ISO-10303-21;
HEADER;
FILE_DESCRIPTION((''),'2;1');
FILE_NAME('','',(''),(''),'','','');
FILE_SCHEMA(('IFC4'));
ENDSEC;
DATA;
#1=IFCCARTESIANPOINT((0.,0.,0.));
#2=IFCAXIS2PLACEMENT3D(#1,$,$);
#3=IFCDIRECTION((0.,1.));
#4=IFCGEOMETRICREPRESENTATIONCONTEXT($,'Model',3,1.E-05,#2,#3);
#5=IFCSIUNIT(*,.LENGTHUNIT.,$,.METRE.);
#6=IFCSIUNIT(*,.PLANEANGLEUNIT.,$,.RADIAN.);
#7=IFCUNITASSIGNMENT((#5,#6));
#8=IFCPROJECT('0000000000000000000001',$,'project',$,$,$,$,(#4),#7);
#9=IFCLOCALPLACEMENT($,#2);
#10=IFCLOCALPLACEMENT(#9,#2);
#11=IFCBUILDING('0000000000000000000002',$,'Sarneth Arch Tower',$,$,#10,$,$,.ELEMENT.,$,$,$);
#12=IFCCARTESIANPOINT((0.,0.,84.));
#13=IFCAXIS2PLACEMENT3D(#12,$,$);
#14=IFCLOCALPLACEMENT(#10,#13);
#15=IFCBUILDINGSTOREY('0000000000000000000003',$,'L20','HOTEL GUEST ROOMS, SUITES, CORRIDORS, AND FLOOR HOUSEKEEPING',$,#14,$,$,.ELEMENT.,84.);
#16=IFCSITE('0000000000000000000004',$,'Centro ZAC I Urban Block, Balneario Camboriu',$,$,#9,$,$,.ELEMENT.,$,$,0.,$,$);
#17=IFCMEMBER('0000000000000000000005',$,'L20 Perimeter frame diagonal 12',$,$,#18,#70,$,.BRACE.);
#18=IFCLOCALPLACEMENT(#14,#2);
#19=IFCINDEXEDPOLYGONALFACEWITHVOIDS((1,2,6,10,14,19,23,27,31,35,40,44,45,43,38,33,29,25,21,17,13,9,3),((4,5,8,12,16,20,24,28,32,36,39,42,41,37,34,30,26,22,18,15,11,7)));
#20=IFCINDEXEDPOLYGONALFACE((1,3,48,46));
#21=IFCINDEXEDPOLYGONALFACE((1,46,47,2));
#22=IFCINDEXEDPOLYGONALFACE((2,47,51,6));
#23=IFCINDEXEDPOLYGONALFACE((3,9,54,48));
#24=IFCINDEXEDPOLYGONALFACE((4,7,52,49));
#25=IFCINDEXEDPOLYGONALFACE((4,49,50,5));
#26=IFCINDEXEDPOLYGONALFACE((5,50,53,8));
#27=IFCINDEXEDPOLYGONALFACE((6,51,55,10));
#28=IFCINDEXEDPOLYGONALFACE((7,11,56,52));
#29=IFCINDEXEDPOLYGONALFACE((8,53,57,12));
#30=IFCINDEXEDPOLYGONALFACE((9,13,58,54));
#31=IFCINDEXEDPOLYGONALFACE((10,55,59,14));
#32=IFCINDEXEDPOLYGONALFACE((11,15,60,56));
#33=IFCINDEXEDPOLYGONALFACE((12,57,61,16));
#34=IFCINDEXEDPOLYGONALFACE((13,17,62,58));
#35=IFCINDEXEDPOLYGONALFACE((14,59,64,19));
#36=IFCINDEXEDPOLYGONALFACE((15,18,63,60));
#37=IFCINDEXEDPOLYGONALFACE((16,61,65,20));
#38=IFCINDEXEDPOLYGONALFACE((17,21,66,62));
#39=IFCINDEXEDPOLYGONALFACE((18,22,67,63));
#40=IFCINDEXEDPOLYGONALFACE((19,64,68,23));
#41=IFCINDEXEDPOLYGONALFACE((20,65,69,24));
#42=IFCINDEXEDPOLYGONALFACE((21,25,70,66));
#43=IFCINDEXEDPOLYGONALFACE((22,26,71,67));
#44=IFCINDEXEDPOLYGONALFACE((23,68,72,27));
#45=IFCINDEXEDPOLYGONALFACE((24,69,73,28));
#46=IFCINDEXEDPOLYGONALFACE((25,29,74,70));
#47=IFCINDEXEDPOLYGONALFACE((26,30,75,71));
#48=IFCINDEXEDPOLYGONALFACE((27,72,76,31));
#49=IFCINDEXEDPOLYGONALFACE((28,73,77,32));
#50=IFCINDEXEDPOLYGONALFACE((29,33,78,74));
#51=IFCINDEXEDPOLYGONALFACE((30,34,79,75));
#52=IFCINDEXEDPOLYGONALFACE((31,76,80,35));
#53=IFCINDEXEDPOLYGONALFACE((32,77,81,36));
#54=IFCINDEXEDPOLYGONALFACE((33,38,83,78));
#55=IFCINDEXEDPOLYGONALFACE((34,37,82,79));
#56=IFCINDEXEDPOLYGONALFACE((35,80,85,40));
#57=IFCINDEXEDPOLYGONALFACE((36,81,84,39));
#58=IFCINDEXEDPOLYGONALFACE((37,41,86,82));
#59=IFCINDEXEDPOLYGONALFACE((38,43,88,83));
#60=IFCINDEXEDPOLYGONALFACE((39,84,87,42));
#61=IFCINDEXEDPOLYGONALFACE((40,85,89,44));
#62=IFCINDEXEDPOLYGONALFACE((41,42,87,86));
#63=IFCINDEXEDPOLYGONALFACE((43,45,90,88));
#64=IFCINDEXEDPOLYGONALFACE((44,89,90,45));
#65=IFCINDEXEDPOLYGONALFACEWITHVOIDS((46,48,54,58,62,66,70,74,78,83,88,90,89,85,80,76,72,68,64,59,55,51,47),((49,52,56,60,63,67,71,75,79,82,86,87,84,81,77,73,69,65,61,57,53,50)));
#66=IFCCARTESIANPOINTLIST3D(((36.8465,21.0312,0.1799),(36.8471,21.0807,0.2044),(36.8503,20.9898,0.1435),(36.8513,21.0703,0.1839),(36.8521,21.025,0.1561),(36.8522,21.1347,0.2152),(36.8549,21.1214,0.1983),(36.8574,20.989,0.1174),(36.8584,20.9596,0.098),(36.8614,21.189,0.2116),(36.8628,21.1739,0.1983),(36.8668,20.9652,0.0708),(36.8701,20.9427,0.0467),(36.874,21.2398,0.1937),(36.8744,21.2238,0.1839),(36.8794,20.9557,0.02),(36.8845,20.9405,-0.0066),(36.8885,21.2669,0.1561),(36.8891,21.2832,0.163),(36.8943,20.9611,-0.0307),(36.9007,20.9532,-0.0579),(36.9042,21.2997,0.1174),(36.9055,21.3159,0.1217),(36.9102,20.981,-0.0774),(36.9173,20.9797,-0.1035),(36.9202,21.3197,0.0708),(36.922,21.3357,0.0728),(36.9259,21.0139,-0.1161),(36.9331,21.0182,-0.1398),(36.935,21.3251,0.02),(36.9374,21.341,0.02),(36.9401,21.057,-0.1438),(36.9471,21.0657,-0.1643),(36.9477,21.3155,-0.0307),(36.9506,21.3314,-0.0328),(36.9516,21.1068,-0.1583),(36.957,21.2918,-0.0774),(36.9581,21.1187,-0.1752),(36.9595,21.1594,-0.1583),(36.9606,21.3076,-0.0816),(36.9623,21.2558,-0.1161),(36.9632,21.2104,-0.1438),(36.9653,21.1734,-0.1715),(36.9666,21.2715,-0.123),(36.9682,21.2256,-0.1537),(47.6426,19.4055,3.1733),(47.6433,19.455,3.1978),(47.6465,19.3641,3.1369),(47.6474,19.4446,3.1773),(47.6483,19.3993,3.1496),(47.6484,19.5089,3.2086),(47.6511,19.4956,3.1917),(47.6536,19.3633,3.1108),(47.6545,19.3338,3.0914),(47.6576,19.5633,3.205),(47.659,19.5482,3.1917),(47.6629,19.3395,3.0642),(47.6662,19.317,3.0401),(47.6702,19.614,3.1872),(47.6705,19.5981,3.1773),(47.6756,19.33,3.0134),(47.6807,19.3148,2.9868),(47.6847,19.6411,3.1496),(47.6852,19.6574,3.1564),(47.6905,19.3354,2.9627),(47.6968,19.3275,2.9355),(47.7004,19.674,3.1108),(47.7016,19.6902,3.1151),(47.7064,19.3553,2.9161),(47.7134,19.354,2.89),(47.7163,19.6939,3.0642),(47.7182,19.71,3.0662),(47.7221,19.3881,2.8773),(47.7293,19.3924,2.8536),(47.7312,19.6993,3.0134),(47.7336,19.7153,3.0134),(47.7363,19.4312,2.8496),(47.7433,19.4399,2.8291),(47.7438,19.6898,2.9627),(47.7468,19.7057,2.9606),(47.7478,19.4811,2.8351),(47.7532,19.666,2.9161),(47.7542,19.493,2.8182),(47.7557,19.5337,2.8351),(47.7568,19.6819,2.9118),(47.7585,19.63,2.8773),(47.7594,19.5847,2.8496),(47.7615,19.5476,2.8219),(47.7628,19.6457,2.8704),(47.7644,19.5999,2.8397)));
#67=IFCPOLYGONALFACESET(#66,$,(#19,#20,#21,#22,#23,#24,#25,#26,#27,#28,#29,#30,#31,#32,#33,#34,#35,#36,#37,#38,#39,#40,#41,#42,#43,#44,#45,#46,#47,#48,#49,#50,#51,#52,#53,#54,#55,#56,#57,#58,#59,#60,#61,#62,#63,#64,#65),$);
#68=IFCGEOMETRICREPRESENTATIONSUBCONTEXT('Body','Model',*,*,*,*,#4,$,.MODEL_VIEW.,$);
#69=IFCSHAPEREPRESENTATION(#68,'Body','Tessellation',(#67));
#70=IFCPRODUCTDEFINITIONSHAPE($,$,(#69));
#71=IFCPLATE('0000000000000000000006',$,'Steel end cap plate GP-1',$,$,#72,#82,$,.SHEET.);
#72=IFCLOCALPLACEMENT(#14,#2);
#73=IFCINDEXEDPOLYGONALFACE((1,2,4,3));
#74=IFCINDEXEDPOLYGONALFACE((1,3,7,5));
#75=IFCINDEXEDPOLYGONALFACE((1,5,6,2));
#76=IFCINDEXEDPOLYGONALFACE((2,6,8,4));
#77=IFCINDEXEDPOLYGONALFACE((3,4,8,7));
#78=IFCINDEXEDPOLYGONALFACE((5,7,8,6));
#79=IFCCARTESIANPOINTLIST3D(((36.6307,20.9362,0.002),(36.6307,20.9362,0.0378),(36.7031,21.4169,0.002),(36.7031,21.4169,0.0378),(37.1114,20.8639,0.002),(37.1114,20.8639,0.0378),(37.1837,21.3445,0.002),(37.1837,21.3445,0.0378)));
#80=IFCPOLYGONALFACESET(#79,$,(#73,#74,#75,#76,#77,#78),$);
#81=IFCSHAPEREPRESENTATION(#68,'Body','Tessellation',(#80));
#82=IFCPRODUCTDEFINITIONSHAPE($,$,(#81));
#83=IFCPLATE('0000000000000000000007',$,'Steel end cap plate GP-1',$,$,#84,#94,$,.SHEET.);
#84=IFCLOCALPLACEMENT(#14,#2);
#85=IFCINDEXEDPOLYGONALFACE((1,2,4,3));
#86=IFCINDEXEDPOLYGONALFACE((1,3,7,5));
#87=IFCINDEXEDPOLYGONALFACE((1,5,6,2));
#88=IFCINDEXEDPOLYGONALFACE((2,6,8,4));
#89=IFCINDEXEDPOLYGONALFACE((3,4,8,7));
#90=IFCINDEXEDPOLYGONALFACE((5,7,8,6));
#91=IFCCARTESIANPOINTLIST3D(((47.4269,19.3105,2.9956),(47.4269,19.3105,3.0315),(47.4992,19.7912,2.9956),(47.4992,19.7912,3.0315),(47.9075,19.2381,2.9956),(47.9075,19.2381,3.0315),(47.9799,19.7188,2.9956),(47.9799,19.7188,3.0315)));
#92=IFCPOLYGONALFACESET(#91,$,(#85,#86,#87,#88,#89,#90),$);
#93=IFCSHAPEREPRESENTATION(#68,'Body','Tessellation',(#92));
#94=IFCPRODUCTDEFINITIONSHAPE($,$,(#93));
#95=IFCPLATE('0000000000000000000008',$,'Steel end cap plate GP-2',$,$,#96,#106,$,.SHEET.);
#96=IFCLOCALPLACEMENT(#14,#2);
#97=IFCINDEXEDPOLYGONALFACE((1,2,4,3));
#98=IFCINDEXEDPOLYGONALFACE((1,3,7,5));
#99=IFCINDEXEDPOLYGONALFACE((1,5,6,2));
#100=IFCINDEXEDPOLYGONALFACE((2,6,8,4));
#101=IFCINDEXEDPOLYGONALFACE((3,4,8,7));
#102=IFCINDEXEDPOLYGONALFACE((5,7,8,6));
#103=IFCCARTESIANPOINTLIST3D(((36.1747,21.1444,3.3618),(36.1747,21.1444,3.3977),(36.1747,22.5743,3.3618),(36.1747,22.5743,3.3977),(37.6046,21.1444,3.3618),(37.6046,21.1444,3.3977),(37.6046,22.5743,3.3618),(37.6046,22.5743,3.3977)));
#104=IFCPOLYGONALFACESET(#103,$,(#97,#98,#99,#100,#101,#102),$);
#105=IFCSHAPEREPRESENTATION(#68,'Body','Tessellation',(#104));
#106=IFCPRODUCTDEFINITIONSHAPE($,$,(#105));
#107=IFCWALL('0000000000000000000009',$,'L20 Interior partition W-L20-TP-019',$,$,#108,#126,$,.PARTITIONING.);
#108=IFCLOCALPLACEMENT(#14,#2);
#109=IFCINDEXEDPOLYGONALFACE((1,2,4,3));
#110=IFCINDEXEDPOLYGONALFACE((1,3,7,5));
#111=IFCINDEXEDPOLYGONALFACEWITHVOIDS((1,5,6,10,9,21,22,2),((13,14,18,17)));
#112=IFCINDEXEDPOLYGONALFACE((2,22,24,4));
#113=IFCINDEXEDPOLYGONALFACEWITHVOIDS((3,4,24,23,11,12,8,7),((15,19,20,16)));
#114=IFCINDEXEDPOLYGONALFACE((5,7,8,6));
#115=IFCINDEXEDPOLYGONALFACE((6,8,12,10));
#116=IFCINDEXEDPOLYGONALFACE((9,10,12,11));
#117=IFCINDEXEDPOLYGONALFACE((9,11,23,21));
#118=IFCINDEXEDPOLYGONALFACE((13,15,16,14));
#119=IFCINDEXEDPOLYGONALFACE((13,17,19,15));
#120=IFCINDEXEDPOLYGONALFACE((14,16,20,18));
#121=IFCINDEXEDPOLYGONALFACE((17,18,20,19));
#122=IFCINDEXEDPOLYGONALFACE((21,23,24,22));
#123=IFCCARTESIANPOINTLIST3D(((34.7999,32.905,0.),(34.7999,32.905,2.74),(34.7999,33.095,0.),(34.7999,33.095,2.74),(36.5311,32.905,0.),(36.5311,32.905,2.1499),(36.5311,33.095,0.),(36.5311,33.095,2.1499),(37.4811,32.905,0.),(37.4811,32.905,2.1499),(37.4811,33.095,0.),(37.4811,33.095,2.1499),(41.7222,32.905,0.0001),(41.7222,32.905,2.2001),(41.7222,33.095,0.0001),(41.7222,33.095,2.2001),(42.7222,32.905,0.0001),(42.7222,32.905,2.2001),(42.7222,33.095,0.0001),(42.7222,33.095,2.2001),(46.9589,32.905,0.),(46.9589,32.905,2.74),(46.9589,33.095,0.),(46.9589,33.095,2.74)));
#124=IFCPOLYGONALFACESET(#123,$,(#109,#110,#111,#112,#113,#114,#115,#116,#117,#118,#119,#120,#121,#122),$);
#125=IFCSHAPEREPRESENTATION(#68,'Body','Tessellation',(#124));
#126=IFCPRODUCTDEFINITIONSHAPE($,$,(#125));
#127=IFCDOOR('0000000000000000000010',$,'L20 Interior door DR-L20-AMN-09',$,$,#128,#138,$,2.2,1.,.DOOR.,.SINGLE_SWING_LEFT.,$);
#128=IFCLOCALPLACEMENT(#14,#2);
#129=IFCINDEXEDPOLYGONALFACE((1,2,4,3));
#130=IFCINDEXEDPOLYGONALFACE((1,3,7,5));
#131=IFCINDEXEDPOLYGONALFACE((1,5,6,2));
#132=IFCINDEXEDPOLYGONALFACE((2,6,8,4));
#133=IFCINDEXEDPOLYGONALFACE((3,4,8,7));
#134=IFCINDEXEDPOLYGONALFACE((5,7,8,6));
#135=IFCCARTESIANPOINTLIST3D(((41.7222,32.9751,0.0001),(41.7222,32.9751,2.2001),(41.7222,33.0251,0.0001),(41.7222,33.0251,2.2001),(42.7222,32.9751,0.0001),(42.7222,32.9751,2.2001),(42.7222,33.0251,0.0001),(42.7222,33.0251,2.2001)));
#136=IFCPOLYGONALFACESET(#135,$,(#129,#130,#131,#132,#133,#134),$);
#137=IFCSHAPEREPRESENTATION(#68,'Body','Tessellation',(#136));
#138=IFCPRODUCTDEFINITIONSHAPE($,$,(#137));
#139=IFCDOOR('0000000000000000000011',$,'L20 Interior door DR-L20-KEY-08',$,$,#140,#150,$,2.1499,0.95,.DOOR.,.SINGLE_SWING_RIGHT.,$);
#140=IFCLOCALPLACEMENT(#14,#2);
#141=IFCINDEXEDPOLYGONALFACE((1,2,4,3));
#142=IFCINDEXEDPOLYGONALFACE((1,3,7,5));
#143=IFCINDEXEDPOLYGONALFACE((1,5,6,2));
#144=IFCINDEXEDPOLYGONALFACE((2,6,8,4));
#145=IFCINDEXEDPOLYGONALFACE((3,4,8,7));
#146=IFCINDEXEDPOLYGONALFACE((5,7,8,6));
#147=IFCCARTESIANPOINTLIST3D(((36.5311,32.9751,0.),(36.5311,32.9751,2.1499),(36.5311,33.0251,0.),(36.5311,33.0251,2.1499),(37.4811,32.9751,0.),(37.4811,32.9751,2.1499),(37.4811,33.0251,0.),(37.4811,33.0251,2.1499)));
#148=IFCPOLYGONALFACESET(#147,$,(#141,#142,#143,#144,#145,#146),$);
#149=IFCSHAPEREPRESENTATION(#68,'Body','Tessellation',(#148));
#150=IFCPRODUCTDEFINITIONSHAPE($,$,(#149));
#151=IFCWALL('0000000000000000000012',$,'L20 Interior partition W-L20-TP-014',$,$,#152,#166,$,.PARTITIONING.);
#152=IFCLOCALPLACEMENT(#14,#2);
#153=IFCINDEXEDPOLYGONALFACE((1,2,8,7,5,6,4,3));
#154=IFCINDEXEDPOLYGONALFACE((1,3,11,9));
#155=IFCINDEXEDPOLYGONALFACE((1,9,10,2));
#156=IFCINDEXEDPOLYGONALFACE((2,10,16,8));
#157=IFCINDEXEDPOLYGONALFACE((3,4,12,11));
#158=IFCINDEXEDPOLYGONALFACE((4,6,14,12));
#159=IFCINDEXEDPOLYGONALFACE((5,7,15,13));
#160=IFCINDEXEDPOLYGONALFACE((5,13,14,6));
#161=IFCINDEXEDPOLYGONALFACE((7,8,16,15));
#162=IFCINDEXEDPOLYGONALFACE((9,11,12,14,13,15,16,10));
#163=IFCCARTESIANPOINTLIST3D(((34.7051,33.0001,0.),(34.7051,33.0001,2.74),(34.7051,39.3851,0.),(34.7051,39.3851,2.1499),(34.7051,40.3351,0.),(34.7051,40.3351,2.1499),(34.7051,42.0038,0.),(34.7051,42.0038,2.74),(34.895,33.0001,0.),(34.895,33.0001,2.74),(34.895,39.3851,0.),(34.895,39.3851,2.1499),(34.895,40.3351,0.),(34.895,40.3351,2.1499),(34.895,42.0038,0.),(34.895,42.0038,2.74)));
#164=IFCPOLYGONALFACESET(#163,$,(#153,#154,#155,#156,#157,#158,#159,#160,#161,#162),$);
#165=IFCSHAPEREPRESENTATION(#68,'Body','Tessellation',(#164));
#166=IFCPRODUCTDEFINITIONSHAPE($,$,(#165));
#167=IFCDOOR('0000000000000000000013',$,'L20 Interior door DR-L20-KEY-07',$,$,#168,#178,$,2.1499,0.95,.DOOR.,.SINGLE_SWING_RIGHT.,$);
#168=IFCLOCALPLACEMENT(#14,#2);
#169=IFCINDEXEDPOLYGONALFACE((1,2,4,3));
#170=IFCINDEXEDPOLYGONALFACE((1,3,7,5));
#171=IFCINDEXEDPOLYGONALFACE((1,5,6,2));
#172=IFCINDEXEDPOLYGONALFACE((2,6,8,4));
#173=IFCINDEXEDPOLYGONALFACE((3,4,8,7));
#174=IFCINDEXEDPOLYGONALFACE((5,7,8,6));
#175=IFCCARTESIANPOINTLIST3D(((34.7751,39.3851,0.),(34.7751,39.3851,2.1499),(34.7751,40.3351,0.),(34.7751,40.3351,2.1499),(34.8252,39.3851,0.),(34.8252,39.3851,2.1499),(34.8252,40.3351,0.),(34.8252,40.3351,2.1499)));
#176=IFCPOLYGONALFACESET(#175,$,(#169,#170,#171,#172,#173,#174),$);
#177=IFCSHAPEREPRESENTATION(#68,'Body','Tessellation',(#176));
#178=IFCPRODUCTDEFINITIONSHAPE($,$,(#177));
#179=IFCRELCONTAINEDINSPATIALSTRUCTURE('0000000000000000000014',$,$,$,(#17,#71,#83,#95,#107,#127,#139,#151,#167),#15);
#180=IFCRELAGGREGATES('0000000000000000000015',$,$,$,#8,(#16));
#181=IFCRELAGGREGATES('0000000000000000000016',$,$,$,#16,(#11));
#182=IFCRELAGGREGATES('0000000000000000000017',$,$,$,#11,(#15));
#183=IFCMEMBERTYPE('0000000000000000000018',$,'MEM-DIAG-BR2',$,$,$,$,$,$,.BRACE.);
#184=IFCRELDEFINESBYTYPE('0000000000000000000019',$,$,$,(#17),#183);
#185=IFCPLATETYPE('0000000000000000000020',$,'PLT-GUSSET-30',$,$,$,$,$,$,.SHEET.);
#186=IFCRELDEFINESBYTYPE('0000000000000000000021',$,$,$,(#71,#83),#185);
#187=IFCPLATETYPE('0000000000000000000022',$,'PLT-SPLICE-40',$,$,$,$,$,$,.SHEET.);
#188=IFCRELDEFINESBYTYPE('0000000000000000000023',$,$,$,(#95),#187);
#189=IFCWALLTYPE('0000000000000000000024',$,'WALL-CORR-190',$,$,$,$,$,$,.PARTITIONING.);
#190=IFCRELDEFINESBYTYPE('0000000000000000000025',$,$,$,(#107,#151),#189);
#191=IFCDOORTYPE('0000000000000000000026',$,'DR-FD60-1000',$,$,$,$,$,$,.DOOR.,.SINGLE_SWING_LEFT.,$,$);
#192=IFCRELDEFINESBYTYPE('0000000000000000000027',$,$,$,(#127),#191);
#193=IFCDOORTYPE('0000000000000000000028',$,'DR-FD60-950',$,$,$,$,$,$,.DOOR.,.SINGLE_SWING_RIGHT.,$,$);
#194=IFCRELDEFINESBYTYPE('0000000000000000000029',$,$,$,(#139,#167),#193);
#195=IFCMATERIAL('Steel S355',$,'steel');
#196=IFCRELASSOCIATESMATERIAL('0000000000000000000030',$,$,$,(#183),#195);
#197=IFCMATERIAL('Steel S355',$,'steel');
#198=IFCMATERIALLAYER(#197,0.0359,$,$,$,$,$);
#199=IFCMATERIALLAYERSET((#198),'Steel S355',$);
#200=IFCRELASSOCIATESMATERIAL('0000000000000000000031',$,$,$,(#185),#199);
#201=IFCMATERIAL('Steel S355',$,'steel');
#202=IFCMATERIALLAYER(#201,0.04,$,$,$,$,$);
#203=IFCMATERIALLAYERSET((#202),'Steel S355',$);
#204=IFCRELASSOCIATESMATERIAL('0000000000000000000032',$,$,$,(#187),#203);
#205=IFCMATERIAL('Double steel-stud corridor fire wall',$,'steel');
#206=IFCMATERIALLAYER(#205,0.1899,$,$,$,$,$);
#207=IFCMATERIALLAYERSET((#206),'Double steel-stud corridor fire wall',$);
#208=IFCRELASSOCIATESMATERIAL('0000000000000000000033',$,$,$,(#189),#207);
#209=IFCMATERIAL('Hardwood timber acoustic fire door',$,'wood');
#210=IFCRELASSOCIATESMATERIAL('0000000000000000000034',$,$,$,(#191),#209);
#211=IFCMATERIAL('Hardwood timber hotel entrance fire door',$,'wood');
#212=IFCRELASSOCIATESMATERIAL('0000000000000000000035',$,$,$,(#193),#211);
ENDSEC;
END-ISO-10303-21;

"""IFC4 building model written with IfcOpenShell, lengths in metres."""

from ifc_helpers import new_model, si_unit, direction, frame, frame_2d, origin, origin_2d, place, context, subcontext, project, spatial, rectangle, hollow_circle, extrude, material, layer, layer_set, material_profile, profile_set, type_object, element, fill, save


model = new_model("IFC4")

# Units and contexts
model_context = context("Model", 3, precision=1e-05, world=origin(), true_north=direction((0.0, 1.0)))
body_context = subcontext(model_context, "Body", "Model", "MODEL_VIEW")
ifc_project = project(units=[si_unit("LENGTHUNIT", "METRE"), si_unit("PLANEANGLEUNIT", "RADIAN")], contexts=[model_context])

# Site, building, storey
site_placement = place(None, origin())
site = spatial("IfcSite", under=ifc_project, at=site_placement, Name="Centro ZAC I Urban Block, Balneario Camboriu", CompositionType="ELEMENT", RefElevation=0.0)
building_placement = place(site_placement, origin())
building = spatial("IfcBuilding", under=site, at=building_placement, Name="Sarneth Arch Tower", CompositionType="ELEMENT")
storey_placement = place(building_placement, frame((0.0, 0.0, 84.0)))
storey = spatial("IfcBuildingStorey", under=building, at=storey_placement, Name="L20", Description="HOTEL GUEST ROOMS, SUITES, CORRIDORS, AND FLOOR HOUSEKEEPING", CompositionType="ELEMENT", Elevation=84.0)

# Member
ifc_material_1 = material(Name="Steel S355", Category="steel")
ifc_material_profile_1 = material_profile(ifc_material_1, hollow_circle(Radius=0.2029, WallThickness=0.0161, at=origin_2d()), Name="CHS406x16")
ifc_profile_set_1 = profile_set([ifc_material_profile_1], Name="Steel S355")
member_type_1 = type_object("IfcMemberType", Name="MEM-DIAG-BR2", PredefinedType="BRACE", material=ifc_profile_set_1)
member_1_placement = place(storey_placement, frame((36.9072, 21.1404, 0.02), z_axis=(0.953657, -0.143606, 0.264417), x_axis=(0.148906, 0.988851, 0.0)))
element("IfcMember", 1, at=member_1_placement, inside=storey, type_object=member_type_1, Name="L20 Perimeter frame diagonal 12", PredefinedType="BRACE", context=body_context, shape_type="SweptSolid", body=[
    extrude(hollow_circle(Radius=0.2029, WallThickness=0.0161, at=origin_2d()), origin(), (0.0, 0.0, 1.0), 11.3208),
])

# Plates
ifc_material_2 = material(Name="Steel S355", Category="steel")
ifc_layer_1 = layer(ifc_material_2, 0.0359)
ifc_layer_set_1 = layer_set([ifc_layer_1], Name="Steel S355")
plate_type_1 = type_object("IfcPlateType", Name="PLT-GUSSET-30", PredefinedType="SHEET", material=ifc_layer_set_1)
for number, where, z_axis, x_axis, name in (
    (2, (36.9072, 21.1404, 0.002), (0.0, 0.0, 1.0), (0.988861, -0.148845, 0.0), "Steel end cap plate GP-1"),
    (3, (47.7034, 19.5146, 2.9956), (0.0, 0.0, 1.0), (0.988861, -0.148845, 0.0), "Steel end cap plate GP-1"),
):
    element("IfcPlate", number, at=place(storey_placement, frame(where, z_axis=z_axis, x_axis=x_axis)), inside=storey, type_object=plate_type_1, Name=name, PredefinedType="SHEET", context=body_context, shape_type="SweptSolid", body=[
        extrude(rectangle(XDim=0.4861, YDim=0.4861, at=origin_2d()), origin(), (0.0, 0.0, 1.0), 0.0359),
    ])
ifc_material_3 = material(Name="Steel S355", Category="steel")
ifc_layer_2 = layer(ifc_material_3, 0.04)
ifc_layer_set_2 = layer_set([ifc_layer_2], Name="Steel S355")
plate_type_2 = type_object("IfcPlateType", Name="PLT-SPLICE-40", PredefinedType="SHEET", material=ifc_layer_set_2)
plate_placement = place(storey_placement, frame((36.8896, 21.8594, 3.3618), z_axis=(0.0, 0.0, 1.0), x_axis=(1.0, 0.0, 0.0)))
element("IfcPlate", 4, at=plate_placement, inside=storey, type_object=plate_type_2, Name="Steel end cap plate GP-2", PredefinedType="SHEET", context=body_context, shape_type="SweptSolid", body=[
    extrude(rectangle(XDim=1.4299, YDim=1.4299, at=origin_2d()), origin(), (0.0, 0.0, 1.0), 0.0359),
])

# Wall, openings, doors
ifc_material_4 = material(Name="Double steel-stud corridor fire wall", Category="steel")
ifc_layer_3 = layer(ifc_material_4, 0.1899)
ifc_layer_set_3 = layer_set([ifc_layer_3], Name="Double steel-stud corridor fire wall")
wall_type_1 = type_object("IfcWallType", Name="WALL-CORR-190", PredefinedType="PARTITIONING", material=ifc_layer_set_3)
wall_1_placement = place(storey_placement, frame((46.959, 33.0, 0.0), z_axis=(0.0, 0.0, 1.0), x_axis=(-1.0, 0.0, 0.0)))
wall_1 = element("IfcWall", 5, at=wall_1_placement, inside=storey, type_object=wall_type_1, Name="L20 Interior partition W-L20-TP-019", PredefinedType="PARTITIONING", context=body_context, shape_type="SweptSolid", body=[
    extrude(rectangle(XDim=12.1589, YDim=0.1899, at=frame_2d((6.0796, 0.0))), origin(), (0.0, 0.0, 1.0), 2.74),
])
opening_1_placement = place(wall_1_placement, frame((4.2368, 0.0, 0.0)))
opening_1 = element("IfcOpeningElement", 6, at=opening_1_placement, cuts=wall_1, PredefinedType="OPENING", context=body_context, shape_type="SweptSolid", body=[
    extrude(rectangle(XDim=1.0, YDim=2.2, at=frame_2d((0.5, 1.1001))), frame((0.0, 0.105, 0.0), z_axis=(0.0, -1.0, 0.0), x_axis=(1.0, 0.0, 0.0)), (0.0, 0.0, 1.0), 0.21),
])
opening_2_placement = place(wall_1_placement, frame((9.4778, 0.0, 0.0)))
opening_2 = element("IfcOpeningElement", 7, at=opening_2_placement, cuts=wall_1, PredefinedType="OPENING", context=body_context, shape_type="SweptSolid", body=[
    extrude(rectangle(XDim=0.95, YDim=2.1499, at=frame_2d((0.4751, 1.075))), frame((0.0, 0.105, 0.0), z_axis=(0.0, -1.0, 0.0), x_axis=(1.0, 0.0, 0.0)), (0.0, 0.0, 1.0), 0.21),
])
ifc_material_5 = material(Name="Hardwood timber acoustic fire door", Category="wood")
door_type_1 = type_object("IfcDoorType", Name="DR-FD60-1000", OperationType="SINGLE_SWING_LEFT", PredefinedType="DOOR", material=ifc_material_5)
door_1_placement = place(opening_1_placement, origin())
door_1 = element("IfcDoor", 8, at=door_1_placement, inside=storey, type_object=door_type_1, Name="L20 Interior door DR-L20-AMN-09", OperationType="SINGLE_SWING_LEFT", OverallHeight=2.2, OverallWidth=1.0, PredefinedType="DOOR", context=body_context, shape_type="SweptSolid", body=[
    extrude(rectangle(XDim=1.0, YDim=2.2, at=frame_2d((0.5, 1.1001))), frame((0.0, 0.0249, 0.0), z_axis=(0.0, -1.0, 0.0), x_axis=(1.0, 0.0, 0.0)), (0.0, 0.0, 1.0), 0.05),
])
fill(opening_1, door_1)
ifc_material_6 = material(Name="Hardwood timber hotel entrance fire door", Category="wood")
door_type_2 = type_object("IfcDoorType", Name="DR-FD60-950", OperationType="SINGLE_SWING_RIGHT", PredefinedType="DOOR", material=ifc_material_6)
door_2_placement = place(opening_2_placement, origin())
door_2 = element("IfcDoor", 9, at=door_2_placement, inside=storey, type_object=door_type_2, Name="L20 Interior door DR-L20-KEY-08", OperationType="SINGLE_SWING_RIGHT", OverallHeight=2.1499, OverallWidth=0.95, PredefinedType="DOOR", context=body_context, shape_type="SweptSolid", body=[
    extrude(rectangle(XDim=0.95, YDim=2.1499, at=frame_2d((0.4751, 1.075))), frame((0.0, 0.0249, 0.0), z_axis=(0.0, -1.0, 0.0), x_axis=(1.0, 0.0, 0.0)), (0.0, 0.0, 1.0), 0.05),
])
fill(opening_2, door_2)

# Wall, opening, door
wall_2_placement = place(storey_placement, frame((34.8, 33.0, 0.0), z_axis=(0.0, 0.0, 1.0), x_axis=(0.0, 1.0, 0.0)))
wall_2 = element("IfcWall", 10, at=wall_2_placement, inside=storey, type_object=wall_type_1, Name="L20 Interior partition W-L20-TP-014", PredefinedType="PARTITIONING", context=body_context, shape_type="SweptSolid", body=[
    extrude(rectangle(XDim=9.0037, YDim=0.1899, at=frame_2d((4.502, 0.0))), origin(), (0.0, 0.0, 1.0), 2.74),
])
opening_3_placement = place(wall_2_placement, frame((6.385, 0.0, 0.0)))
opening_3 = element("IfcOpeningElement", 11, at=opening_3_placement, cuts=wall_2, PredefinedType="OPENING", context=body_context, shape_type="SweptSolid", body=[
    extrude(rectangle(XDim=0.95, YDim=2.1499, at=frame_2d((0.4751, 1.075))), frame((0.0, 0.105, 0.0), z_axis=(0.0, -1.0, 0.0), x_axis=(1.0, 0.0, 0.0)), (0.0, 0.0, 1.0), 0.21),
])
door_3_placement = place(opening_3_placement, origin())
door_3 = element("IfcDoor", 12, at=door_3_placement, inside=storey, type_object=door_type_2, Name="L20 Interior door DR-L20-KEY-07", OperationType="SINGLE_SWING_RIGHT", OverallHeight=2.1499, OverallWidth=0.95, PredefinedType="DOOR", context=body_context, shape_type="SweptSolid", body=[
    extrude(rectangle(XDim=0.95, YDim=2.1499, at=frame_2d((0.4751, 1.075))), frame((0.0, 0.0249, 0.0), z_axis=(0.0, -1.0, 0.0), x_axis=(1.0, 0.0, 0.0)), (0.0, 0.0, 1.0), 0.05),
])
fill(opening_3, door_3)

save(model, "model.ifc")
